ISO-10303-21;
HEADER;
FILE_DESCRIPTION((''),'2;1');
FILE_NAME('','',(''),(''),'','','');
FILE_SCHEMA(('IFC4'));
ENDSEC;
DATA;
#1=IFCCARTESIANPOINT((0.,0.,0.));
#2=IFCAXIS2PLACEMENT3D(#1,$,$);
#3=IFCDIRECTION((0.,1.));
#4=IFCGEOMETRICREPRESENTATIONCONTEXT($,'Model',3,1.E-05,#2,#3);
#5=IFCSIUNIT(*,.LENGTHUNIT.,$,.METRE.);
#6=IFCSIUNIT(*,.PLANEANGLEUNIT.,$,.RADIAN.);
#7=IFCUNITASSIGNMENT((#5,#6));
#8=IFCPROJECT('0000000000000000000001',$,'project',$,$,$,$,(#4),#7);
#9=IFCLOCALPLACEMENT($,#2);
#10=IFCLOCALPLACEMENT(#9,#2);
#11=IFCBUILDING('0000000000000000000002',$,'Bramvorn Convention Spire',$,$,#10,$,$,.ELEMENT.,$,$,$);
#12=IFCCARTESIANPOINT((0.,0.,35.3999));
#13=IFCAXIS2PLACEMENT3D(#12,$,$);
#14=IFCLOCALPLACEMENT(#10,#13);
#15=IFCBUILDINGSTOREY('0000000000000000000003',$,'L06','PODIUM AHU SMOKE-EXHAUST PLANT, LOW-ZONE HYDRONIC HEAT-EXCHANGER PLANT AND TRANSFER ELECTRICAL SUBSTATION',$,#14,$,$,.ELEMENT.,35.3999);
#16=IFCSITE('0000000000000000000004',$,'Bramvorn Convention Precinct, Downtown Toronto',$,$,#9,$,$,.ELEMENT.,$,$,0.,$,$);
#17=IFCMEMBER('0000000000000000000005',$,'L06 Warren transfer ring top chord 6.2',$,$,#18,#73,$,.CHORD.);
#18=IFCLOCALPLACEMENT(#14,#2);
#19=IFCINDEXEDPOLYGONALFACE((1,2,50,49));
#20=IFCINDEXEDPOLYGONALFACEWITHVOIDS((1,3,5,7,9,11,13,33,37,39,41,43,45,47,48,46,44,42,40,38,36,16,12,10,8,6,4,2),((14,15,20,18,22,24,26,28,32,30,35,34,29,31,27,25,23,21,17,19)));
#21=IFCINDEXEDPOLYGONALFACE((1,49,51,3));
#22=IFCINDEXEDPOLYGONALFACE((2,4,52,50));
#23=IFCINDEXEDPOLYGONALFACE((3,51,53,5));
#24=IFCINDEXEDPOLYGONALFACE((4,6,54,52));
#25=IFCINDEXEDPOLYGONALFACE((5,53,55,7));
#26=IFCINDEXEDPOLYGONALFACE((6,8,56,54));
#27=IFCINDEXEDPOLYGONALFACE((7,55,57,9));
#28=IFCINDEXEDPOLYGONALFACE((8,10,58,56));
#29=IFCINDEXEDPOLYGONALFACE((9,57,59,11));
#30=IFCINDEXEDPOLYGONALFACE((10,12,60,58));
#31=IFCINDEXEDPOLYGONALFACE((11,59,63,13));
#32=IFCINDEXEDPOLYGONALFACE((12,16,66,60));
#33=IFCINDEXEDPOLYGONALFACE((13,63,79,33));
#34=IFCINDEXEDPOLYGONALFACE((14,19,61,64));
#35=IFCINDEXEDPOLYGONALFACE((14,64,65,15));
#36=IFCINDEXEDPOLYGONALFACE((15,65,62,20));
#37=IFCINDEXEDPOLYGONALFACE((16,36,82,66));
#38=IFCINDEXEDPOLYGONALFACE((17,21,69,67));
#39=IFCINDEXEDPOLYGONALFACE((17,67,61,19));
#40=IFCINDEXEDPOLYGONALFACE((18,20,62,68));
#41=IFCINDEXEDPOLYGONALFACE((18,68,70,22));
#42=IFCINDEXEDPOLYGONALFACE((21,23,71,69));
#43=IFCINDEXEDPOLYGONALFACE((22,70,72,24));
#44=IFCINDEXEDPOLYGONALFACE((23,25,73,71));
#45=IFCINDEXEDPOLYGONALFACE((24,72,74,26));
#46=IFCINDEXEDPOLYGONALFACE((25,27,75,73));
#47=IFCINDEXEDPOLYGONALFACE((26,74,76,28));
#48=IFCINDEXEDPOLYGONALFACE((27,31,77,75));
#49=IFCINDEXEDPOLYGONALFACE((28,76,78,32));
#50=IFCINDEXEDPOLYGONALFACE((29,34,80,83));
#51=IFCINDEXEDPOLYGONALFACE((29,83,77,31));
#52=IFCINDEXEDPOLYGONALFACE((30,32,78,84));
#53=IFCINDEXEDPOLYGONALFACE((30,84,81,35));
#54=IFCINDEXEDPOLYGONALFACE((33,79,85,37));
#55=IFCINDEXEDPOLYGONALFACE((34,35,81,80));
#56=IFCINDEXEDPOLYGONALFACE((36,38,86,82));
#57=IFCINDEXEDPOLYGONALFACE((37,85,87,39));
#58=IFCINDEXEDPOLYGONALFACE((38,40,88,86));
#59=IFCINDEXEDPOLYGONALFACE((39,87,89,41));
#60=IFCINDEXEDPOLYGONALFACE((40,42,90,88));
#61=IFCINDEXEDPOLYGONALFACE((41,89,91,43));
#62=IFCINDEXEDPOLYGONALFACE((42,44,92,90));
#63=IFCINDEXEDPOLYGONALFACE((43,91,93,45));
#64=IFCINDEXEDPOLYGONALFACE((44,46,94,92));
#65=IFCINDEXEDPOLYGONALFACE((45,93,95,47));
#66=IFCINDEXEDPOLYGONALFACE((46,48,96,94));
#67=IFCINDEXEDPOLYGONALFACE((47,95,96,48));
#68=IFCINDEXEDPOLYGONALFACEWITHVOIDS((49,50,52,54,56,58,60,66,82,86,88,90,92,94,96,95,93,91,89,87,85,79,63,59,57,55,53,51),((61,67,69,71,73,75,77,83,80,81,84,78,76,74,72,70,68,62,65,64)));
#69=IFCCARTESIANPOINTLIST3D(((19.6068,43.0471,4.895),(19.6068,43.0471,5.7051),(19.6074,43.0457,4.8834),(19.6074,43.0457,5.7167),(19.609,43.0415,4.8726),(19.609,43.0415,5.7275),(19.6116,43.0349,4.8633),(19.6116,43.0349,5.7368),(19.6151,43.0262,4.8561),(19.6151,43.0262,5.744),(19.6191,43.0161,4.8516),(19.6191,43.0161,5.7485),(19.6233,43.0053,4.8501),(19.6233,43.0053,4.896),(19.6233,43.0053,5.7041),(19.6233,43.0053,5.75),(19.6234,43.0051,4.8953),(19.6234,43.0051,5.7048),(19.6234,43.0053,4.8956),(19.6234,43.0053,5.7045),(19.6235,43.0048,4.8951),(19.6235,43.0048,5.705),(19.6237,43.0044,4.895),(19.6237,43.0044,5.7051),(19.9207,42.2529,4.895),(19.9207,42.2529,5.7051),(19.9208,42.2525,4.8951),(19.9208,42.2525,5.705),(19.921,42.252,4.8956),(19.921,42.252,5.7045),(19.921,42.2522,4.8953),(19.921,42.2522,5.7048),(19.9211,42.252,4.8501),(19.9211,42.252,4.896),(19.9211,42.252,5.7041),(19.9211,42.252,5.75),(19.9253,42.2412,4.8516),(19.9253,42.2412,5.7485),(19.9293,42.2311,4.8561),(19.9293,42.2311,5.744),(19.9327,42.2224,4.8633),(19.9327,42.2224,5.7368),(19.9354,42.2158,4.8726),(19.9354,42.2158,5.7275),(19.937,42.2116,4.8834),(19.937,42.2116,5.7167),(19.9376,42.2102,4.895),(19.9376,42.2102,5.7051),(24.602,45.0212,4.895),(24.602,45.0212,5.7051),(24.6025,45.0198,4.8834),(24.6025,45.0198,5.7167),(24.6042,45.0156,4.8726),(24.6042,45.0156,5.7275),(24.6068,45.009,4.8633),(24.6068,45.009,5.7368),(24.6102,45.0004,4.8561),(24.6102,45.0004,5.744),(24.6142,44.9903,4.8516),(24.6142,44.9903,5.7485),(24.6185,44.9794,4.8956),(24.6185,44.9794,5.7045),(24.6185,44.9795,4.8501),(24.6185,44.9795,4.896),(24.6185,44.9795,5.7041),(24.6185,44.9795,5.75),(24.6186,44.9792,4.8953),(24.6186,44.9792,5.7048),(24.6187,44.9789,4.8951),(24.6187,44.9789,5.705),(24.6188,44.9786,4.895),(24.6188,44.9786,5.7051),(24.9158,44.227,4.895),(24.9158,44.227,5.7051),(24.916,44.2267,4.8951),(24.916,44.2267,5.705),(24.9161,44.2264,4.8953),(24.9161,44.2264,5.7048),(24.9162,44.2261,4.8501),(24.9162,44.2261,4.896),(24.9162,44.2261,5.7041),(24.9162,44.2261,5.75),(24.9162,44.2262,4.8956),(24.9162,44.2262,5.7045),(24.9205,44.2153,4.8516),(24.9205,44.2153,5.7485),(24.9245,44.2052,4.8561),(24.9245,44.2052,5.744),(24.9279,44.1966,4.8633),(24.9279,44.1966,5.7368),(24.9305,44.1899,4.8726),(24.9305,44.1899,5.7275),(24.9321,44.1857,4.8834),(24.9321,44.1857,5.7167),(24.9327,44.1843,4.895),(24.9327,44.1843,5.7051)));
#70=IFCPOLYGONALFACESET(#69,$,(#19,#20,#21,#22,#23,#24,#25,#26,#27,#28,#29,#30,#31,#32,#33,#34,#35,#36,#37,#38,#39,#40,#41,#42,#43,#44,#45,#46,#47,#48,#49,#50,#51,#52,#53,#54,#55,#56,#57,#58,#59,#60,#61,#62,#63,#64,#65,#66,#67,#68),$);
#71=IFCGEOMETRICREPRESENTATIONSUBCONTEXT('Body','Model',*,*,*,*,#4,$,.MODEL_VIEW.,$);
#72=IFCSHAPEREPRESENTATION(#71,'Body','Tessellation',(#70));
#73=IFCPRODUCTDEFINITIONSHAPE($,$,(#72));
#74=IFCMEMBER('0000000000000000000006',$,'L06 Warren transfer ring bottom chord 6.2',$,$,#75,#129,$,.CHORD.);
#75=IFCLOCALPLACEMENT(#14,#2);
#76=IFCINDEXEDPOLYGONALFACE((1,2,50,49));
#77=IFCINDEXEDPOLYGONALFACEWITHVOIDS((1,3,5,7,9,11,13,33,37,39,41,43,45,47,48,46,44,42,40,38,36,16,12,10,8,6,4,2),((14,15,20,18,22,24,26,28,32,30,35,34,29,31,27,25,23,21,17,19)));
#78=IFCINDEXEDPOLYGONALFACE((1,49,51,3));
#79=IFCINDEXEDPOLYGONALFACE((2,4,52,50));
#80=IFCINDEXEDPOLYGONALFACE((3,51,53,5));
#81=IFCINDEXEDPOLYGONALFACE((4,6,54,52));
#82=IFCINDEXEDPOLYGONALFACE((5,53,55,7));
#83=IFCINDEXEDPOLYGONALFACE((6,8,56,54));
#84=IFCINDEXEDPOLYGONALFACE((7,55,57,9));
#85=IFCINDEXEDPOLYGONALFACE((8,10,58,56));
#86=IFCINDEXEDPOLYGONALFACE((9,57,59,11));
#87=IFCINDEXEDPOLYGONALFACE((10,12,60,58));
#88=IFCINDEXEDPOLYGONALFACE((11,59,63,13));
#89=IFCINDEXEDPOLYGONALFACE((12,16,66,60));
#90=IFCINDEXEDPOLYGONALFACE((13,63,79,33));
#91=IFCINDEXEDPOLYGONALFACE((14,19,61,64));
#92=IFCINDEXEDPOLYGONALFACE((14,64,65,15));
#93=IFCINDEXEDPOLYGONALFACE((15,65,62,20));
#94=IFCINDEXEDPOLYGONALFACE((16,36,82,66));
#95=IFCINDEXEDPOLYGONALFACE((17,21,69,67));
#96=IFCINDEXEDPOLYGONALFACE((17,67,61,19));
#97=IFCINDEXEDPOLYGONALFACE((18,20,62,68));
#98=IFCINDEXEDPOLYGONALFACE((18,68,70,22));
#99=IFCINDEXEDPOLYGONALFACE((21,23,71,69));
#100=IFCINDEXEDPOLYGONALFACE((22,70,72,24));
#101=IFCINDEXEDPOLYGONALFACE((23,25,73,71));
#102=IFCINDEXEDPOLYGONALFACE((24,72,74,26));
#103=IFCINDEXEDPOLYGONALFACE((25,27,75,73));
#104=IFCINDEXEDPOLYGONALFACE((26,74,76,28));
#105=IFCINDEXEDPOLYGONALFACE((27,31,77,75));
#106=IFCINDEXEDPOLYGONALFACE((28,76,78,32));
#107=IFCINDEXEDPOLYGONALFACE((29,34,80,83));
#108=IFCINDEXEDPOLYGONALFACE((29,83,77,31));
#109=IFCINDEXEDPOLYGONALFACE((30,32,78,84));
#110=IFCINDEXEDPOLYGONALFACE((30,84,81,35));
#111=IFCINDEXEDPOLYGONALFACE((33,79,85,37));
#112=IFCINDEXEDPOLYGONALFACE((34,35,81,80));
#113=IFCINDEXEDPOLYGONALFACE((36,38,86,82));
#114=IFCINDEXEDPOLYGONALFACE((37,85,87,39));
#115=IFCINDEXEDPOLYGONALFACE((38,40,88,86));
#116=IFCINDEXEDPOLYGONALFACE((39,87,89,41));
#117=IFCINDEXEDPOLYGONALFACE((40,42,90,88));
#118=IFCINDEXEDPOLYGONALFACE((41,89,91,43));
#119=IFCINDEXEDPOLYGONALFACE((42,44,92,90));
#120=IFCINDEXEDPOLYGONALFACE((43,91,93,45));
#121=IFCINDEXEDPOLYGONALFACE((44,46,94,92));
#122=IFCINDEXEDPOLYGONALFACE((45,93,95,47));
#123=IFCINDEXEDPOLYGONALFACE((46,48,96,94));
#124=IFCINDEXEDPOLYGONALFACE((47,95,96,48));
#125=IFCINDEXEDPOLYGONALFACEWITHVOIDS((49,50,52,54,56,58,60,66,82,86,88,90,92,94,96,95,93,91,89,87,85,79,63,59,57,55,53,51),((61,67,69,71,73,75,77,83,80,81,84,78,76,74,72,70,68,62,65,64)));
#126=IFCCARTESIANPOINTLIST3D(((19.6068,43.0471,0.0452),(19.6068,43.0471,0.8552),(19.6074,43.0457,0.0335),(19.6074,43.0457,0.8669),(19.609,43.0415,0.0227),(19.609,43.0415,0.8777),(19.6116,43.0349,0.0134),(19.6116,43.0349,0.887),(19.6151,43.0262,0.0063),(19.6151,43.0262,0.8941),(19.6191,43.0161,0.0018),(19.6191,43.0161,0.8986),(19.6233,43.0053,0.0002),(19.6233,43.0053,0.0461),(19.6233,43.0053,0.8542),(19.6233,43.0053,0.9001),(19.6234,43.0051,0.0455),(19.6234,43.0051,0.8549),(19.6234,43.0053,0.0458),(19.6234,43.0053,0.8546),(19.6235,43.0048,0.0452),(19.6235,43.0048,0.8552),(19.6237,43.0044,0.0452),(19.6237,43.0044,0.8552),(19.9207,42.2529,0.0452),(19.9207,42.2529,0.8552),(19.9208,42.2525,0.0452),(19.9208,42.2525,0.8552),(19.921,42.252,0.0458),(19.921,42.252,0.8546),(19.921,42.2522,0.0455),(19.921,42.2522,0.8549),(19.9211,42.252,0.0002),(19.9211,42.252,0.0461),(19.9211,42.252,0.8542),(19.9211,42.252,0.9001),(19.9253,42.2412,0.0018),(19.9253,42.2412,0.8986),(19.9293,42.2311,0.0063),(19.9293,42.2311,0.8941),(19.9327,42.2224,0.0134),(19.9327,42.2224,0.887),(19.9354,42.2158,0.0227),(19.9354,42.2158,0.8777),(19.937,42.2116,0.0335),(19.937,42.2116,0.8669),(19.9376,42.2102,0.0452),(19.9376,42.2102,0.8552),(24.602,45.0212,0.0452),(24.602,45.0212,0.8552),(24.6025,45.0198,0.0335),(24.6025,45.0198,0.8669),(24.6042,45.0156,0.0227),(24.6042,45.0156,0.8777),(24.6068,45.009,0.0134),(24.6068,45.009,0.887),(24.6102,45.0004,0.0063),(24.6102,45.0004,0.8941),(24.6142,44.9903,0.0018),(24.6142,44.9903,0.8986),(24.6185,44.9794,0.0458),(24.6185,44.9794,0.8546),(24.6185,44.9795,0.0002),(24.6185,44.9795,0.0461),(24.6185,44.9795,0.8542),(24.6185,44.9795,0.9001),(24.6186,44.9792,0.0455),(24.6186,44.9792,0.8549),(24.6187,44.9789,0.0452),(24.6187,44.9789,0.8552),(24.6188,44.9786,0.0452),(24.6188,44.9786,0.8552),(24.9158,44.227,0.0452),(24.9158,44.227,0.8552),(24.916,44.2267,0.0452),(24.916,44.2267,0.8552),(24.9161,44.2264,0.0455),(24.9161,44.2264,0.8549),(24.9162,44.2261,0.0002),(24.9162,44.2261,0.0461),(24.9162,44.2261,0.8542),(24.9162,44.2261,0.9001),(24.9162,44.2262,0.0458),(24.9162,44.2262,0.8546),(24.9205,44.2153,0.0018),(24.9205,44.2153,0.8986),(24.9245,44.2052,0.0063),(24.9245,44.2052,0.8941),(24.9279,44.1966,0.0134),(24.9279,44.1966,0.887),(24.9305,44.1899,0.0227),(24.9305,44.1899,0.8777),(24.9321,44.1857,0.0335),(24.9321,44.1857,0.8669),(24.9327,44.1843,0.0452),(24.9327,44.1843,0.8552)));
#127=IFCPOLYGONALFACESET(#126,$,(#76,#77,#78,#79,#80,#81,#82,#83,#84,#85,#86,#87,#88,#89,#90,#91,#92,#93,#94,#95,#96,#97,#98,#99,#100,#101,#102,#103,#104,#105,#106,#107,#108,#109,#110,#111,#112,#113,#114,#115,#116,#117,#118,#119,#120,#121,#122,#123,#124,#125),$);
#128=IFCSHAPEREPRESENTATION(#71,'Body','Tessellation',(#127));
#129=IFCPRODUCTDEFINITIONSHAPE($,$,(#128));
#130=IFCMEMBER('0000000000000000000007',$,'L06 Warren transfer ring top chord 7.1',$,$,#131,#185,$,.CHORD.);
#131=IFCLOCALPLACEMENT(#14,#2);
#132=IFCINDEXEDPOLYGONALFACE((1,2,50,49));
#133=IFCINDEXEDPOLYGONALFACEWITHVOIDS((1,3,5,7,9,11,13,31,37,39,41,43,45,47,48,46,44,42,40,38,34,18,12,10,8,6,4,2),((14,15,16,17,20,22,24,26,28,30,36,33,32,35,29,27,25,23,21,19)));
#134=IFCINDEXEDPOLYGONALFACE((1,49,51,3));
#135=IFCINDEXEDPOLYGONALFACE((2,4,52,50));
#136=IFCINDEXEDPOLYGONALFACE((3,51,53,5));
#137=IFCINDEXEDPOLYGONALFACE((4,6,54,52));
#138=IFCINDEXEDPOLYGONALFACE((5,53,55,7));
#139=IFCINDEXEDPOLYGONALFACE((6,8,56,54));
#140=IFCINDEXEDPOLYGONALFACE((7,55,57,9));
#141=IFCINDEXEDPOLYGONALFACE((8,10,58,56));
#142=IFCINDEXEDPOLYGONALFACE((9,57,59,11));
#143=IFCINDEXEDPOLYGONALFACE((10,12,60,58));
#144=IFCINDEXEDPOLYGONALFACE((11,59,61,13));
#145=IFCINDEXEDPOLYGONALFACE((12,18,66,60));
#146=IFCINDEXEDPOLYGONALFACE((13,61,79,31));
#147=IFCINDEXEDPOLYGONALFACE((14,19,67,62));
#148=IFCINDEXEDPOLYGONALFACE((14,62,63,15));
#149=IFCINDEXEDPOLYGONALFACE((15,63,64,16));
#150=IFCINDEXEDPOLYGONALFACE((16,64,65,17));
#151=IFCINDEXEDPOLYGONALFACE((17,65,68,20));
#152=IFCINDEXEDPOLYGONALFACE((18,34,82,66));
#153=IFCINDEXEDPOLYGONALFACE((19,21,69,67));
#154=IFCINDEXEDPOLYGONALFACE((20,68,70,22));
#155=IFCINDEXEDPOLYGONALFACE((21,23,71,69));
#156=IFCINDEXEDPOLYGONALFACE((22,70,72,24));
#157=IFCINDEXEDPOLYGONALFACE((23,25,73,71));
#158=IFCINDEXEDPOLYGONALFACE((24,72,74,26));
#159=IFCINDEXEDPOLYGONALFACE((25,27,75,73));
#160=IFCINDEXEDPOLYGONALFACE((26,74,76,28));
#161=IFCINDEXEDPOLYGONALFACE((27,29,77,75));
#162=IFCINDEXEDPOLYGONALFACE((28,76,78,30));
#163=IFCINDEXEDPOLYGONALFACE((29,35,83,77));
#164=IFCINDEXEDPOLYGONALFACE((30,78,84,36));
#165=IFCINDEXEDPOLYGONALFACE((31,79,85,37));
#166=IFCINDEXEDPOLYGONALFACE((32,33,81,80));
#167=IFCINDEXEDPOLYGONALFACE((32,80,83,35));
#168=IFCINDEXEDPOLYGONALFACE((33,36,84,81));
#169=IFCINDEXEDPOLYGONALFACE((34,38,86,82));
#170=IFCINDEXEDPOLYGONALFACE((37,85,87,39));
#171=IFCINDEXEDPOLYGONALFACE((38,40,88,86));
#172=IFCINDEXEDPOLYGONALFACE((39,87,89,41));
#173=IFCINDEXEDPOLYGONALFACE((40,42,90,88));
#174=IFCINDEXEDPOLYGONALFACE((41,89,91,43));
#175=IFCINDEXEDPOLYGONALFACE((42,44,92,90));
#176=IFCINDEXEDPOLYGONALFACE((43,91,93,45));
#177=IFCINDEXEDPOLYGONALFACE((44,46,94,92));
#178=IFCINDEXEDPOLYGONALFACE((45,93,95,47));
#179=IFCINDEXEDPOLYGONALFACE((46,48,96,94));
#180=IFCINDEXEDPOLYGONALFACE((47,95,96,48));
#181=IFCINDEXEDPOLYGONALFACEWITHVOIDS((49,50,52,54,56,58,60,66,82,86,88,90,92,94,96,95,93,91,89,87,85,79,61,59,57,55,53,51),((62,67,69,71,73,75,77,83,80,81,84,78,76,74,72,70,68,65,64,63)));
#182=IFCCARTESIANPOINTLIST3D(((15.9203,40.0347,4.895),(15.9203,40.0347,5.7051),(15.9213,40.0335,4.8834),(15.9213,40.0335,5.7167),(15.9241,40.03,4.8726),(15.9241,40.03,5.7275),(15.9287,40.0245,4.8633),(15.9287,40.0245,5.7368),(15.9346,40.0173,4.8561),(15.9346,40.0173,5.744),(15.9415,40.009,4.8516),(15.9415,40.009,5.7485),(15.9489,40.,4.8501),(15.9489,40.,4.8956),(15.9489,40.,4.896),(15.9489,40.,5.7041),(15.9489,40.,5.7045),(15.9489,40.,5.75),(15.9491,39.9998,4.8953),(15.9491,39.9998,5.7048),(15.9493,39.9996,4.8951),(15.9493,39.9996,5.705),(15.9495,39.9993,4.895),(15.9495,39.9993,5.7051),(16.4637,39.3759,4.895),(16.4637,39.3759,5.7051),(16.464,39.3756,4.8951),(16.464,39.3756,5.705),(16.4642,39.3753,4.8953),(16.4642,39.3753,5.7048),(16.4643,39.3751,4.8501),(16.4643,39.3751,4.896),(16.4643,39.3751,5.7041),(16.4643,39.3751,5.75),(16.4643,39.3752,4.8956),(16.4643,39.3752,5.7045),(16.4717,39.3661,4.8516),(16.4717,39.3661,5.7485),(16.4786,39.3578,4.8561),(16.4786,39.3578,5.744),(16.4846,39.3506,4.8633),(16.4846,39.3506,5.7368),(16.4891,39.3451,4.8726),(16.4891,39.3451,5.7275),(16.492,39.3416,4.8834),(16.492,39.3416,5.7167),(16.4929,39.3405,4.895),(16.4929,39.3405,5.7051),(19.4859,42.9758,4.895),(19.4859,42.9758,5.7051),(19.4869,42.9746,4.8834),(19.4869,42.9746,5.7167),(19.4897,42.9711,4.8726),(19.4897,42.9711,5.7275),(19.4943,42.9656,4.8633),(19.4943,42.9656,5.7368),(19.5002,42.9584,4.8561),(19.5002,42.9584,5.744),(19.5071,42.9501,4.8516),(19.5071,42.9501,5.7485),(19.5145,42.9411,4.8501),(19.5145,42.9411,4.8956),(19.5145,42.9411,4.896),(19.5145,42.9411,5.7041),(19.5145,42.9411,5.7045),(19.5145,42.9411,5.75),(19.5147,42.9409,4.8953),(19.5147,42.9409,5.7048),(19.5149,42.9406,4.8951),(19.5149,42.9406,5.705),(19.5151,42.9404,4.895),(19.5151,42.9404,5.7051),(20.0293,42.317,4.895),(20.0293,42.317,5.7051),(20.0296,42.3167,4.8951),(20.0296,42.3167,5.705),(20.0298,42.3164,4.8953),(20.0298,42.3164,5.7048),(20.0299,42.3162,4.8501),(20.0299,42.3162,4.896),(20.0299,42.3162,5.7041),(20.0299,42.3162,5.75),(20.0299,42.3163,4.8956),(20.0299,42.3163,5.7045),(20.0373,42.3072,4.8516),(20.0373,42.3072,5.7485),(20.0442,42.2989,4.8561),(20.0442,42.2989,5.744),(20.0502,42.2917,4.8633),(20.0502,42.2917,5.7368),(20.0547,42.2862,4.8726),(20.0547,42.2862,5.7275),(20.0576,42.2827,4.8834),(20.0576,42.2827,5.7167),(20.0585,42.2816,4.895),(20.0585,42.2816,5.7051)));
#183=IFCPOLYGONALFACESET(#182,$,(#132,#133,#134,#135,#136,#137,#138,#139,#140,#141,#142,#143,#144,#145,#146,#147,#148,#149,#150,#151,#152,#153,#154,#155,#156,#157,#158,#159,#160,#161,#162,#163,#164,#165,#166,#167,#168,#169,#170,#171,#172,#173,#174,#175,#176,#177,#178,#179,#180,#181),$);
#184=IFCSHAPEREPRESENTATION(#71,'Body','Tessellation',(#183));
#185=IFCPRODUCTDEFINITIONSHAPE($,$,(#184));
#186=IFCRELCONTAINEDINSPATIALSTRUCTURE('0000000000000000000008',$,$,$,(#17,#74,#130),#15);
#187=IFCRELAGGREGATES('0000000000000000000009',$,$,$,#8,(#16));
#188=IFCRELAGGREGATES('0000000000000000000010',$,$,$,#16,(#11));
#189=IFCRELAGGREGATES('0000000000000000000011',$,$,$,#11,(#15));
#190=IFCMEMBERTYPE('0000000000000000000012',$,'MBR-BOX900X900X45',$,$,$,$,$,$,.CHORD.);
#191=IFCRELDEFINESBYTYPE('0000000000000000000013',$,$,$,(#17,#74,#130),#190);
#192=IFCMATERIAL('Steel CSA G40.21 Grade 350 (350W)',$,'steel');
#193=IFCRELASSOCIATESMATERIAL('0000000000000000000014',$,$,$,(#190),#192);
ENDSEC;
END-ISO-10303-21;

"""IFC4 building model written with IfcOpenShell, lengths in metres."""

from ifc_helpers import new_model, si_unit, direction, frame, origin, origin_2d, place, context, subcontext, project, spatial, hollow_rectangle, extrude, material, material_profile, profile_set, type_object, element, save


model = new_model("IFC4")

# Units and contexts
model_context = context("Model", 3, precision=1e-05, world=origin(), true_north=direction((0.0, 1.0)))
body_context = subcontext(model_context, "Body", "Model", "MODEL_VIEW")
ifc_project = project(units=[si_unit("LENGTHUNIT", "METRE"), si_unit("PLANEANGLEUNIT", "RADIAN")], contexts=[model_context])

# Site, building, storey
site_placement = place(None, origin())
site = spatial("IfcSite", under=ifc_project, at=site_placement, Name="Bramvorn Convention Precinct, Downtown Toronto", CompositionType="ELEMENT", RefElevation=0.0)
building_placement = place(site_placement, origin())
building = spatial("IfcBuilding", under=site, at=building_placement, Name="Bramvorn Convention Spire", CompositionType="ELEMENT")
storey_placement = place(building_placement, frame((0.0, 0.0, 35.3999)))
storey = spatial("IfcBuildingStorey", under=building, at=storey_placement, Name="L06", Description="PODIUM AHU SMOKE-EXHAUST PLANT, LOW-ZONE HYDRONIC HEAT-EXCHANGER PLANT AND TRANSFER ELECTRICAL SUBSTATION", CompositionType="ELEMENT", Elevation=35.3999)

# Shared definitions
ifc_material_1 = material(Name="Steel CSA G40.21 Grade 350 (350W)", Category="steel")

# Members
ifc_material_profile_1 = material_profile(ifc_material_1, hollow_rectangle(XDim=0.8999, YDim=0.8999, WallThickness=0.0449, InnerFilletRadius=0.001, OuterFilletRadius=0.0449, at=origin_2d()))
ifc_profile_set_1 = profile_set([ifc_material_profile_1], Name="Steel CSA G40.21 Grade 350 (350W) - BOX900X900X45")
member_type_1 = type_object("IfcMemberType", Name="MBR-BOX900X900X45", PredefinedType="CHORD", material=ifc_profile_set_1)
for number, where, z_axis, x_axis, name in (
    (1, (24.7673, 44.6028, 5.3), (-0.930005, -0.367547, 0.0), (0.367547, -0.930005, 0.0), "L06 Warren transfer ring top chord 6.2"),
    (2, (24.7673, 44.6028, 0.4502), (-0.930005, -0.367547, 0.0), (0.367547, -0.930005, 0.0), "L06 Warren transfer ring bottom chord 6.2"),
):
    element("IfcMember", number, at=place(storey_placement, frame(where, z_axis=z_axis, x_axis=x_axis)), inside=storey, type_object=member_type_1, Name=name, PredefinedType="CHORD", context=body_context, shape_type="SweptSolid", body=[
        extrude(hollow_rectangle(XDim=0.8999, YDim=0.8999, WallThickness=0.0449, InnerFilletRadius=0.001, OuterFilletRadius=0.0449, at=origin_2d()), origin(), (0.0, 0.0, 1.0), 5.3711),
    ])
for number, where, z_axis, x_axis, name in (
    (3, (19.7722, 42.6287, 5.3), (-0.771428, -0.636316, 0.0), (0.636316, -0.771428, 0.0), "L06 Warren transfer ring top chord 7.1"),
):
    element("IfcMember", number, at=place(storey_placement, frame(where, z_axis=z_axis, x_axis=x_axis)), inside=storey, type_object=member_type_1, Name=name, PredefinedType="CHORD", context=body_context, shape_type="SweptSolid", body=[
        extrude(hollow_rectangle(XDim=0.8999, YDim=0.8999, WallThickness=0.0449, InnerFilletRadius=0.001, OuterFilletRadius=0.0449, at=origin_2d()), origin(), (0.0, 0.0, 1.0), 4.6221),
    ])

save(model, "model.ifc")
